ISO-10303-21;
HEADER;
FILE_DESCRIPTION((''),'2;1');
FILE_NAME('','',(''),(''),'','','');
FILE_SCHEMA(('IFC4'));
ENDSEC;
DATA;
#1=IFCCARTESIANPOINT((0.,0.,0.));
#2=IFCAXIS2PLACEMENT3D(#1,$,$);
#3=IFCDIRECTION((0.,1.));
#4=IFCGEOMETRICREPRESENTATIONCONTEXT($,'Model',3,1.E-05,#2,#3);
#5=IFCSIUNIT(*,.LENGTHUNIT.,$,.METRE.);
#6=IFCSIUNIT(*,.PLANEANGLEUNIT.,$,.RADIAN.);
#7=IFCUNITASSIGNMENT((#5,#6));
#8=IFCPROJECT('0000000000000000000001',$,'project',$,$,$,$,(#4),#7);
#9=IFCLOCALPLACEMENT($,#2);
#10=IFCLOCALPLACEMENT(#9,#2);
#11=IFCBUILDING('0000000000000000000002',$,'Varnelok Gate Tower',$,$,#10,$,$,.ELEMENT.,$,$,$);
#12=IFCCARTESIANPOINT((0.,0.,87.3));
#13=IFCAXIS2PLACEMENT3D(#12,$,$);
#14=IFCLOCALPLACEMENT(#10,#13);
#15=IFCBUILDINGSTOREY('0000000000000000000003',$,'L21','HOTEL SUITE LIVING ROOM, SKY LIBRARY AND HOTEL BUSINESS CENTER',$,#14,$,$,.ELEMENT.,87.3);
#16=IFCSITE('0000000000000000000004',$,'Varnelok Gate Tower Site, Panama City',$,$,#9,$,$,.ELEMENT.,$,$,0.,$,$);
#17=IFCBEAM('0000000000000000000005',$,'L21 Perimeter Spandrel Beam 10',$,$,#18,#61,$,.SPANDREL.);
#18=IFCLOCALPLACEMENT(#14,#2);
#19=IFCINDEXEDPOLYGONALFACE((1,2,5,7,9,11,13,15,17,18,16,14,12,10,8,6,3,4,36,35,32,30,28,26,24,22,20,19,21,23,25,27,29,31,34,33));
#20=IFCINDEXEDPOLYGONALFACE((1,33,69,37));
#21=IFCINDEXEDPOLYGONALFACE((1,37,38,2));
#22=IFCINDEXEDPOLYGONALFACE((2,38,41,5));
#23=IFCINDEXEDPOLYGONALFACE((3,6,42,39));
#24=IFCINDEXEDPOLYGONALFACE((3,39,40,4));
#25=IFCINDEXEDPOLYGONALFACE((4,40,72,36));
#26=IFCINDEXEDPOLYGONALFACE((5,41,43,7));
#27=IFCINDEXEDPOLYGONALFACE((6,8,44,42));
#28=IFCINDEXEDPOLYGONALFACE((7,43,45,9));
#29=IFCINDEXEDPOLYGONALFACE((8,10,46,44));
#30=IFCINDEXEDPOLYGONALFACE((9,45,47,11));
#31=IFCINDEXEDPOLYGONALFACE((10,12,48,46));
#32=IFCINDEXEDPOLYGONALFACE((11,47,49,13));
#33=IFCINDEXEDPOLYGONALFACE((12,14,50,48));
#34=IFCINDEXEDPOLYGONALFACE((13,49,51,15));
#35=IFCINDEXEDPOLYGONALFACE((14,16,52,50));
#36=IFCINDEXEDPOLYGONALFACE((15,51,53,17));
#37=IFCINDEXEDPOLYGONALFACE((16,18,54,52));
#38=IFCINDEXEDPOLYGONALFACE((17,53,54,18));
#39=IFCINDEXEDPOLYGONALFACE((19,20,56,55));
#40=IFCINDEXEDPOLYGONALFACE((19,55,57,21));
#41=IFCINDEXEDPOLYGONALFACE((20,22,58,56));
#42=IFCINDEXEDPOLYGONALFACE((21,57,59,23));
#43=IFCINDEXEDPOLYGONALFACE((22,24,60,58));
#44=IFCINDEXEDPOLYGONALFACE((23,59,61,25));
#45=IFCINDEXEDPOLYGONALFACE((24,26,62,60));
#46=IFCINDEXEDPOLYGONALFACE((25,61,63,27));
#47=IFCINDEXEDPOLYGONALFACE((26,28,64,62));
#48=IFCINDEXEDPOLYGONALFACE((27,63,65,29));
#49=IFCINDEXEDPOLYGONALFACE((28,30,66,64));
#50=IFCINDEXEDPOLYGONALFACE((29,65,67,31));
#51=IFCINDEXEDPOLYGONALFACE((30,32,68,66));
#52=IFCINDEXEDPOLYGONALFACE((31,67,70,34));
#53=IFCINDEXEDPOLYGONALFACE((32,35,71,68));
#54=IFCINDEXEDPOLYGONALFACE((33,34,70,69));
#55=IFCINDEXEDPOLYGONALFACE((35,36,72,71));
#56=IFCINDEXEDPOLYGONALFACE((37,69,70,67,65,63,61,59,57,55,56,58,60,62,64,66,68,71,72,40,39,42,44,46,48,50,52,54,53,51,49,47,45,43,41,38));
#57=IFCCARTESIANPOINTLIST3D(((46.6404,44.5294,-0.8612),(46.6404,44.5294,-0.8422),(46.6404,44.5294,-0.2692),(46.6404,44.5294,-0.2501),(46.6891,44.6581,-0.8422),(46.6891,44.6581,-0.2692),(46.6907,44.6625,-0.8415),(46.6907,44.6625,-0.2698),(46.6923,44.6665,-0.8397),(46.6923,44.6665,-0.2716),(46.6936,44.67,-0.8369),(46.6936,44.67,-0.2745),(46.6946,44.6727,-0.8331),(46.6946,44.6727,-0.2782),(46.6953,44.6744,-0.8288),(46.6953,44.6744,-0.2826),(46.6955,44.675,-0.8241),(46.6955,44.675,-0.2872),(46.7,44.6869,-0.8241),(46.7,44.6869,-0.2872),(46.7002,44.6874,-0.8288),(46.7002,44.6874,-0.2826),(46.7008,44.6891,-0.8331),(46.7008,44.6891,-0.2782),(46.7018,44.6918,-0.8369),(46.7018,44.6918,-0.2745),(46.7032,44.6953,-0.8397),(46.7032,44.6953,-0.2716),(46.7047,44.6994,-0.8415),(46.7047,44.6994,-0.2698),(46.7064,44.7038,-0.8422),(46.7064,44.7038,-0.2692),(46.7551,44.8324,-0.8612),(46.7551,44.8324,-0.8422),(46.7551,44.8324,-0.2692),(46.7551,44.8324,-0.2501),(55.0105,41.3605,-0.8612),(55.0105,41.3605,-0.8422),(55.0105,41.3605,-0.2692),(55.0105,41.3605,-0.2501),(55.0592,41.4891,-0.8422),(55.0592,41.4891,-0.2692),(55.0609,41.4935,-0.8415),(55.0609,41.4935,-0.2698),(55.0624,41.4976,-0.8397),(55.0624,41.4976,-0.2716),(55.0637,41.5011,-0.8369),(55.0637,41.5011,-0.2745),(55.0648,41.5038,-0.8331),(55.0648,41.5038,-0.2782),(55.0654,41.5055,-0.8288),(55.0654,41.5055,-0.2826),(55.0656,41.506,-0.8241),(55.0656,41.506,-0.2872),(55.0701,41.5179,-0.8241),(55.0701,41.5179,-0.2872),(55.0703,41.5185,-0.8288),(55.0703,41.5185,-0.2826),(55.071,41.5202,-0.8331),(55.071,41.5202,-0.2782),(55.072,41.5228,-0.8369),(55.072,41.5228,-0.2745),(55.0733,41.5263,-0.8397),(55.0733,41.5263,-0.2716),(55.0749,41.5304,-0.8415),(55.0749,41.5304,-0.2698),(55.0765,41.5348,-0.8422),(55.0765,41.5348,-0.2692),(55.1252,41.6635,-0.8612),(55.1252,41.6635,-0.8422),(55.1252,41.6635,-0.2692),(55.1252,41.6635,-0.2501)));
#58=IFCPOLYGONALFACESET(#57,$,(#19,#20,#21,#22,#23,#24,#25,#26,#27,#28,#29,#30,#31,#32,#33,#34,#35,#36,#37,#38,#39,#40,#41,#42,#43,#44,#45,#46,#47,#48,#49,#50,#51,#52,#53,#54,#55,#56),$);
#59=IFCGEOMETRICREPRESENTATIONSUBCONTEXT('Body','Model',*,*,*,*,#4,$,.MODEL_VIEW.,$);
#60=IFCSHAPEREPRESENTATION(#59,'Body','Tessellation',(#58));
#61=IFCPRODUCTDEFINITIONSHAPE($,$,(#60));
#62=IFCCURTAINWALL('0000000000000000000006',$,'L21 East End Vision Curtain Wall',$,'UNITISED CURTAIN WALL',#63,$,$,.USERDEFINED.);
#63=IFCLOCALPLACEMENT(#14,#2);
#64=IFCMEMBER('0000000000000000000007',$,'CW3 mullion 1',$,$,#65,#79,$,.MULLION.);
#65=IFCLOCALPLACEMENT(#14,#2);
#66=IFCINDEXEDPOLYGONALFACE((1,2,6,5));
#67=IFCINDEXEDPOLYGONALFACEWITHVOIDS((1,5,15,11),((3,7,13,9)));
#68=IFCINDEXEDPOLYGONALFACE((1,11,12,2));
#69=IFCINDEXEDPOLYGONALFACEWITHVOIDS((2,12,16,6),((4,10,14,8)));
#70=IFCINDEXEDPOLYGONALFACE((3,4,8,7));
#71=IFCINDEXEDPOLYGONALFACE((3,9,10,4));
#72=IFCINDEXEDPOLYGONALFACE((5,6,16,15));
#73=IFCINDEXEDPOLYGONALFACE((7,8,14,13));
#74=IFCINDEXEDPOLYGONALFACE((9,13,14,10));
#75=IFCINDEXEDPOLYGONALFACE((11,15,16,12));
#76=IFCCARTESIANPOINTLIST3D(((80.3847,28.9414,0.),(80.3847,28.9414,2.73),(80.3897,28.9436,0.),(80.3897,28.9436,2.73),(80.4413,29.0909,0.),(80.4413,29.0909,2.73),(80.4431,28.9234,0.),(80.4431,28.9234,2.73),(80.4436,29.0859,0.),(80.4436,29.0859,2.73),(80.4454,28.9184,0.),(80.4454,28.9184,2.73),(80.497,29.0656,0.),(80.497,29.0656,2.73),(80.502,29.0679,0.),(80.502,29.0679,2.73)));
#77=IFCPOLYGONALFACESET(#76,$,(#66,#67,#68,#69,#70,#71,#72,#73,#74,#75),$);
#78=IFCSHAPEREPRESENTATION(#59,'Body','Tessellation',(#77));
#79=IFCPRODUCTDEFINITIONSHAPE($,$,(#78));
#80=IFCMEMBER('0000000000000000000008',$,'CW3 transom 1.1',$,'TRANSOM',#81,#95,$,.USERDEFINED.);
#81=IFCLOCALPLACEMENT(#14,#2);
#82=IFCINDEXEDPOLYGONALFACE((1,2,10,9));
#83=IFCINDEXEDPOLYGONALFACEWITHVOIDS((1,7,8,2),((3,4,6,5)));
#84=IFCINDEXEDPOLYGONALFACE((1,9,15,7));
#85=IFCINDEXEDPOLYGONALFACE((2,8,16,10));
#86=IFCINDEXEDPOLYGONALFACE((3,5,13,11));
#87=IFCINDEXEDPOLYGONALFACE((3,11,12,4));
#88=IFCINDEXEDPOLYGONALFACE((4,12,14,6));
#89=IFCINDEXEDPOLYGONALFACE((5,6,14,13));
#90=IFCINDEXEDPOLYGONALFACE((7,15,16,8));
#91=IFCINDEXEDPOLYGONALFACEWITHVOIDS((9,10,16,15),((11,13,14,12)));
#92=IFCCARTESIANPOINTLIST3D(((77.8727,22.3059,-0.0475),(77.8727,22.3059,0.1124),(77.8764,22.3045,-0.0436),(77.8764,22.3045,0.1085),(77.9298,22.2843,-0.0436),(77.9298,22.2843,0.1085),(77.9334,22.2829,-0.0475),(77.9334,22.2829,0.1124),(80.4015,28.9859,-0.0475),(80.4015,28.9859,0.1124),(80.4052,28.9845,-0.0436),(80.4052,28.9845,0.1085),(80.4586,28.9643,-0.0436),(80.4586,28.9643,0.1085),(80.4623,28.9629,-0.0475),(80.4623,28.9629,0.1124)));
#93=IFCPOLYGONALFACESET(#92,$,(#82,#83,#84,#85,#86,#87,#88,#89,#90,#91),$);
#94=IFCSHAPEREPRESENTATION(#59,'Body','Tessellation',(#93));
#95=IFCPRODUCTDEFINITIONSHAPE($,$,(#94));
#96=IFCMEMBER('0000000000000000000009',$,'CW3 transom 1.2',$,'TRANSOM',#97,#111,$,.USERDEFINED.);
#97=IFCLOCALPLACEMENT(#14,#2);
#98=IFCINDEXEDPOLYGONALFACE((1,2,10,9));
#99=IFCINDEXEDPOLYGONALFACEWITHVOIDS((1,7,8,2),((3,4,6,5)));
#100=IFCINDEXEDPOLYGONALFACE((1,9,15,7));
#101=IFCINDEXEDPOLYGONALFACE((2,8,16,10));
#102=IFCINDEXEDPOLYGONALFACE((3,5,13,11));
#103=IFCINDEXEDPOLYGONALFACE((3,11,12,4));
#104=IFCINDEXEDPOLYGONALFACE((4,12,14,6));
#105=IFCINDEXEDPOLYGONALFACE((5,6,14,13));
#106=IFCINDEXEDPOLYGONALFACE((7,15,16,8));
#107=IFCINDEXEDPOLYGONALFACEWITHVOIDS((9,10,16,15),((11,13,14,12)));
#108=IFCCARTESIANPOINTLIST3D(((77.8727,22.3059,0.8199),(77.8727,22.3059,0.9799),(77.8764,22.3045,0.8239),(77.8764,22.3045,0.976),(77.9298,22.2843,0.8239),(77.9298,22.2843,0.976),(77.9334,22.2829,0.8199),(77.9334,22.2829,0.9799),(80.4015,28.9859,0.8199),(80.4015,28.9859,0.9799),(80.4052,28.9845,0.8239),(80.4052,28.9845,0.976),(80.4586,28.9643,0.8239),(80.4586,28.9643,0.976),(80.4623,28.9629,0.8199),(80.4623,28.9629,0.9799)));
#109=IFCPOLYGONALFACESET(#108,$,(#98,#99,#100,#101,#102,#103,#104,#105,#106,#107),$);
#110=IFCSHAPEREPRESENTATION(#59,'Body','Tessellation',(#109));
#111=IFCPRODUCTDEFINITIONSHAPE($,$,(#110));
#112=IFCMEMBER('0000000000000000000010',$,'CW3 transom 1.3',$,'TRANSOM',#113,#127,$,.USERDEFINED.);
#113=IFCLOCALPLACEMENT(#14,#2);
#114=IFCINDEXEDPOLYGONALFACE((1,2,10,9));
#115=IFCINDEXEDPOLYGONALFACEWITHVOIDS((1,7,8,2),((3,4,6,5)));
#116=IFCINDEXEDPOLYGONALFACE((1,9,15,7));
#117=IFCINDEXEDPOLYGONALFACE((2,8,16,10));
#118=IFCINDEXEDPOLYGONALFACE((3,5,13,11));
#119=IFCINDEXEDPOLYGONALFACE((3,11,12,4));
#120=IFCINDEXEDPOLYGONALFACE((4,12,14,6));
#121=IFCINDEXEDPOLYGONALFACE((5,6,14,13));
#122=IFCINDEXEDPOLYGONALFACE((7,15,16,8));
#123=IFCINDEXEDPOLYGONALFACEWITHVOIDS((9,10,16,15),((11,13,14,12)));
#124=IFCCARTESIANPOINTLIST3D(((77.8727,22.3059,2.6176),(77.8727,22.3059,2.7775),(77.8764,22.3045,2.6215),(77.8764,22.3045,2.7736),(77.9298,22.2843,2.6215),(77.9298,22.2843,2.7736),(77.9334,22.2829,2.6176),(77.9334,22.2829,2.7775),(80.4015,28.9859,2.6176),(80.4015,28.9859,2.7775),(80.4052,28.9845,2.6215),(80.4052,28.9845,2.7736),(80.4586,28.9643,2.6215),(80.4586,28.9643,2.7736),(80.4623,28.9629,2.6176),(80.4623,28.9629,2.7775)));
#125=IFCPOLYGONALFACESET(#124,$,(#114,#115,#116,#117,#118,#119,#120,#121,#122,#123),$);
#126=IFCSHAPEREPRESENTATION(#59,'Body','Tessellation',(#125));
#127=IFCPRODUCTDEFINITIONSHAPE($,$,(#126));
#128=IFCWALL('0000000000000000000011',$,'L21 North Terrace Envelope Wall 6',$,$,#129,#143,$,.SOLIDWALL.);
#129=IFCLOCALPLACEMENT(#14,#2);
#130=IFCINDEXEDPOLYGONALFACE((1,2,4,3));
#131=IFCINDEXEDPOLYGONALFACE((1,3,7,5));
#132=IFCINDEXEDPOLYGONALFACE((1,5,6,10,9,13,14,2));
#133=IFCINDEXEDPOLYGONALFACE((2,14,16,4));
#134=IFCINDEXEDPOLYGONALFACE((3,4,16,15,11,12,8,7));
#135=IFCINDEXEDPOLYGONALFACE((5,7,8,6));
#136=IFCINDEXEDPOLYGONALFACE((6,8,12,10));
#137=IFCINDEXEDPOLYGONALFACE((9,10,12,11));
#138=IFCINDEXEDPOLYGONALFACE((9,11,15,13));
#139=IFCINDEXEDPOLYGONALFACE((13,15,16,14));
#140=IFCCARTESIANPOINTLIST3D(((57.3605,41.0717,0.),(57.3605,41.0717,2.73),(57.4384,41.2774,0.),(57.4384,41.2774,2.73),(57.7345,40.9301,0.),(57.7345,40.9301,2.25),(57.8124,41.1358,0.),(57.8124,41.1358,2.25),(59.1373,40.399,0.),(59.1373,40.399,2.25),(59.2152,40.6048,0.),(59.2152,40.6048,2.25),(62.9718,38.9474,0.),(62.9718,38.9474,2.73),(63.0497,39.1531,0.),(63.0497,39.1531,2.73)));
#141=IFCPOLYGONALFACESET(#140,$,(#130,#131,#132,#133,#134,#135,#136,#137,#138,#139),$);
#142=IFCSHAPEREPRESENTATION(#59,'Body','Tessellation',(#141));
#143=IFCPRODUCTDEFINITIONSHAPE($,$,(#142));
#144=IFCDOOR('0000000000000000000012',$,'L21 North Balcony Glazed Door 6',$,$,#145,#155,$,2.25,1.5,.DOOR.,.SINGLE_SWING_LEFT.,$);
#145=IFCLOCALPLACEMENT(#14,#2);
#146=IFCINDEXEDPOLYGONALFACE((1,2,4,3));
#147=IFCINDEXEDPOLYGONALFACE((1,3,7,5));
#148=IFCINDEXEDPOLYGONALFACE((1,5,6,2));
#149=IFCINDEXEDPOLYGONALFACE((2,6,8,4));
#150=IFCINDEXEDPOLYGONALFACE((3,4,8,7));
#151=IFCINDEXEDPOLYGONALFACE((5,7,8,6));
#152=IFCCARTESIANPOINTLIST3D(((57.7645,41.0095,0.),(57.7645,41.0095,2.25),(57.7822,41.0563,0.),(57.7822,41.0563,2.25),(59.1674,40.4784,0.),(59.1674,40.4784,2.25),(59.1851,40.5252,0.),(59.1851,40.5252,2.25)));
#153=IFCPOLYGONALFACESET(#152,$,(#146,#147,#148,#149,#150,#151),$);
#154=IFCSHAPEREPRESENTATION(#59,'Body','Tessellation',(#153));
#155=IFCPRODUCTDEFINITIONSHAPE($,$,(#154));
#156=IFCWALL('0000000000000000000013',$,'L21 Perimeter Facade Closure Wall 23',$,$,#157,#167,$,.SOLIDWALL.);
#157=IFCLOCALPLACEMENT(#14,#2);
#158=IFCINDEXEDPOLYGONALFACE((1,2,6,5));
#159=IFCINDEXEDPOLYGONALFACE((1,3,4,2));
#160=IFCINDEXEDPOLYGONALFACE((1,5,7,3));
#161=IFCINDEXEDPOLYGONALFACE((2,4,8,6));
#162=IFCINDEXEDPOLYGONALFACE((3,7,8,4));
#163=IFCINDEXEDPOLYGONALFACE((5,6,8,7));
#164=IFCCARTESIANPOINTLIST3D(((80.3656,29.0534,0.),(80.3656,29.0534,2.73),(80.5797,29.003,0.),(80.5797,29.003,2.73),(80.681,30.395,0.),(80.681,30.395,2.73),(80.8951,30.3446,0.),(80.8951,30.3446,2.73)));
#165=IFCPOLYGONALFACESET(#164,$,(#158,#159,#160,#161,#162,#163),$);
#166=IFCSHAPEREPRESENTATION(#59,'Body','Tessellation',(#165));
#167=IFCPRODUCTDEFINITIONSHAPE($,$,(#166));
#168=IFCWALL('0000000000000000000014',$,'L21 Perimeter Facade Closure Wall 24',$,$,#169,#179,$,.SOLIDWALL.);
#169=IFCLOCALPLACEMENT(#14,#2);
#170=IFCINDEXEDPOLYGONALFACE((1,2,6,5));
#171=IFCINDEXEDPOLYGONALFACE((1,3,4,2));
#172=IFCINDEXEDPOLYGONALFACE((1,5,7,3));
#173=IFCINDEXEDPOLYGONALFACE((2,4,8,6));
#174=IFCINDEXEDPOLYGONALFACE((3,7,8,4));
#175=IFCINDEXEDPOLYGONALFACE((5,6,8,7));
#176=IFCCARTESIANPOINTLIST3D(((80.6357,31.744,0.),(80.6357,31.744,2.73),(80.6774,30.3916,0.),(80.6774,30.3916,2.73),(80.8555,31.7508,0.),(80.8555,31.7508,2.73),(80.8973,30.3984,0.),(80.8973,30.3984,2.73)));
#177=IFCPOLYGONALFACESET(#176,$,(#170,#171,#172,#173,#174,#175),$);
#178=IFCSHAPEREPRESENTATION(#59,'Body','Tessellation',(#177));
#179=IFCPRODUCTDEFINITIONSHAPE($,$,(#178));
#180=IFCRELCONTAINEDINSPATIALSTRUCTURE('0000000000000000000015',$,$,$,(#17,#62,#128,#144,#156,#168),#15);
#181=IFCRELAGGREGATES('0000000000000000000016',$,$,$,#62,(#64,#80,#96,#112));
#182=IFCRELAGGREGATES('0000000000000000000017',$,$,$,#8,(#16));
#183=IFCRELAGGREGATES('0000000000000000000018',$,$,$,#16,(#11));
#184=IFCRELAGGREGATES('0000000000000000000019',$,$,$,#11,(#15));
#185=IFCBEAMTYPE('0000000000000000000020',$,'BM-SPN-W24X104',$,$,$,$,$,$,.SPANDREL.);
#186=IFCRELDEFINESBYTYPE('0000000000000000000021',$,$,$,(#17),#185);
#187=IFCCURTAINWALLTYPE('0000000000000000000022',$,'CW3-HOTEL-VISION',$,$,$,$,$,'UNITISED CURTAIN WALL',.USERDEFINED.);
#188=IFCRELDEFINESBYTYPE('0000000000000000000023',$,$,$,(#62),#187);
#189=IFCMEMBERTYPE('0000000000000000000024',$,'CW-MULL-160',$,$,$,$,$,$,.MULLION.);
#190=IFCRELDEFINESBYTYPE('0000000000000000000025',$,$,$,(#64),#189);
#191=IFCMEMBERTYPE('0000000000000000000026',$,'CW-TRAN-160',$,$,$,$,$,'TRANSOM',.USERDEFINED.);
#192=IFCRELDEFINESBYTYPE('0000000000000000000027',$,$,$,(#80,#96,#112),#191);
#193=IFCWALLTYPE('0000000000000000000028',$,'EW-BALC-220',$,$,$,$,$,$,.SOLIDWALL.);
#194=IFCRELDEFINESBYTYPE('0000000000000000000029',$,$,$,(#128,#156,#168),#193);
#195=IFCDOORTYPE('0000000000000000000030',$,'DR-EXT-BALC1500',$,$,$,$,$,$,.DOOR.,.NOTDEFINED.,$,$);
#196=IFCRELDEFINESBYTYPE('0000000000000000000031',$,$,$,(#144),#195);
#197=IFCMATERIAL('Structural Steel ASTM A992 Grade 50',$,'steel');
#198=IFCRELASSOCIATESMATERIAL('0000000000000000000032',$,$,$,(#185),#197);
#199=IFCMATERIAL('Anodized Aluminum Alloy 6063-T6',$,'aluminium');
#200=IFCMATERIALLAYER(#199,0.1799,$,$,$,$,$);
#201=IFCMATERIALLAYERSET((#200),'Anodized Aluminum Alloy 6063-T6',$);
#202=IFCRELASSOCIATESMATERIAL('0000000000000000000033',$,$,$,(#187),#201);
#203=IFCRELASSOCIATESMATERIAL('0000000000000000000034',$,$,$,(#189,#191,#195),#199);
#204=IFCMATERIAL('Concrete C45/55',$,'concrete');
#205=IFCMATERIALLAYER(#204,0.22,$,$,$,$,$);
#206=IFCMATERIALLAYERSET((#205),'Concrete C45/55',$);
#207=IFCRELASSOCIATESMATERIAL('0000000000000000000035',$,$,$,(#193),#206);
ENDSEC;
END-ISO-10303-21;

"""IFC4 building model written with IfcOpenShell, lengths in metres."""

from ifc_helpers import new_model, si_unit, direction, frame, frame_2d, origin, origin_2d, place, context, subcontext, project, spatial, rectangle, hollow_rectangle, i_section, extrude, material, layer, layer_set, material_profile, profile_set, type_object, element, fill, aggregate, save


model = new_model("IFC4")

# Units and contexts
model_context = context("Model", 3, precision=1e-05, world=origin(), true_north=direction((0.0, 1.0)))
body_context = subcontext(model_context, "Body", "Model", "MODEL_VIEW")
ifc_project = project(units=[si_unit("LENGTHUNIT", "METRE"), si_unit("PLANEANGLEUNIT", "RADIAN")], contexts=[model_context])

# Site, building, storey
site_placement = place(None, origin())
site = spatial("IfcSite", under=ifc_project, at=site_placement, Name="Varnelok Gate Tower Site, Panama City", CompositionType="ELEMENT", RefElevation=0.0)
building_placement = place(site_placement, origin())
building = spatial("IfcBuilding", under=site, at=building_placement, Name="Varnelok Gate Tower", CompositionType="ELEMENT")
storey_placement = place(building_placement, frame((0.0, 0.0, 87.3)))
storey = spatial("IfcBuildingStorey", under=building, at=storey_placement, Name="L21", Description="HOTEL SUITE LIVING ROOM, SKY LIBRARY AND HOTEL BUSINESS CENTER", CompositionType="ELEMENT", Elevation=87.3)

# Shared definitions
ifc_material_1 = material(Name="Structural Steel ASTM A992 Grade 50", Category="steel")

# Beam
ifc_material_profile_1 = material_profile(ifc_material_1, i_section(OverallWidth=0.324, OverallDepth=0.6111, WebThickness=0.0127, FlangeThickness=0.019, FilletRadius=0.0181, at=origin_2d()), Name="W24X104")
ifc_profile_set_1 = profile_set([ifc_material_profile_1], Name="Structural Steel ASTM A992 Grade 50")
beam_type_1 = type_object("IfcBeamType", Name="BM-SPN-W24X104", PredefinedType="SPANDREL", material=ifc_profile_set_1)
beam_1_placement = place(storey_placement, frame((55.0679, 41.512, -0.5557), z_axis=(-0.935217, 0.354075, 0.0), x_axis=(-0.354075, -0.935217, 0.0)))
element("IfcBeam", 1, at=beam_1_placement, inside=storey, type_object=beam_type_1, Name="L21 Perimeter Spandrel Beam 10", PredefinedType="SPANDREL", context=body_context, shape_type="SweptSolid", body=[
    extrude(i_section(OverallWidth=0.324, OverallDepth=0.6111, WebThickness=0.0127, FlangeThickness=0.019, FilletRadius=0.0181, at=origin_2d()), origin(), (0.0, 0.0, 1.0), 8.95),
])

# Curtain wall, members
ifc_material_2 = material(Name="Anodized Aluminum Alloy 6063-T6", Category="aluminium")
ifc_layer_1 = layer(ifc_material_2, 0.1799)
ifc_layer_set_1 = layer_set([ifc_layer_1], Name="Anodized Aluminum Alloy 6063-T6")
curtain_wall_type = type_object("IfcCurtainWallType", Name="CW3-HOTEL-VISION", ElementType="UNITISED CURTAIN WALL", PredefinedType="USERDEFINED", material=ifc_layer_set_1)
curtain_wall_placement = place(storey_placement, origin())
curtain_wall = element("IfcCurtainWall", 2, at=curtain_wall_placement, inside=storey, type_object=curtain_wall_type, Name="L21 East End Vision Curtain Wall", ObjectType="UNITISED CURTAIN WALL", PredefinedType="USERDEFINED")
ifc_material_profile_2 = material_profile(ifc_material_2, hollow_rectangle(XDim=0.0649, YDim=0.1599, WallThickness=0.0039, at=origin_2d()), Name="ALU160X65X4")
ifc_profile_set_2 = profile_set([ifc_material_profile_2], Name="Anodized Aluminum Alloy 6063-T6")
member_type_1 = type_object("IfcMemberType", Name="CW-MULL-160", PredefinedType="MULLION", material=ifc_profile_set_2)
member_1_placement = place(storey_placement, frame((80.4434, 29.0046, 0.0), z_axis=(0.0, 0.0, 1.0), x_axis=(0.935221, -0.354064, 0.0)))
member_1 = element("IfcMember", 3, at=member_1_placement, type_object=member_type_1, Name="CW3 mullion 1", PredefinedType="MULLION", context=body_context, shape_type="SweptSolid", body=[
    extrude(hollow_rectangle(XDim=0.0649, YDim=0.1599, WallThickness=0.0039, at=origin_2d()), origin(), (0.0, 0.0, 1.0), 2.73),
])
ifc_material_profile_3 = material_profile(ifc_material_2, hollow_rectangle(XDim=0.0649, YDim=0.1599, WallThickness=0.0039, at=origin_2d()), Name="ALU160X65X4")
ifc_profile_set_3 = profile_set([ifc_material_profile_3], Name="Anodized Aluminum Alloy 6063-T6")
member_type_2 = type_object("IfcMemberType", Name="CW-TRAN-160", ElementType="TRANSOM", PredefinedType="USERDEFINED", material=ifc_profile_set_3)
member_2_placement = place(storey_placement, frame((80.4319, 28.9744, 0.0325), z_axis=(-0.354047, -0.935228, 0.0), x_axis=(0.935228, -0.354047, 0.0)))
member_2 = element("IfcMember", 4, at=member_2_placement, type_object=member_type_2, Name="CW3 transom 1.1", ObjectType="TRANSOM", PredefinedType="USERDEFINED", context=body_context, shape_type="SweptSolid", body=[
    extrude(hollow_rectangle(XDim=0.0649, YDim=0.1599, WallThickness=0.0039, at=origin_2d()), origin(), (0.0, 0.0, 1.0), 7.1426),
])
member_3_placement = place(storey_placement, frame((80.4319, 28.9744, 0.8999), z_axis=(-0.354047, -0.935228, 0.0), x_axis=(0.935228, -0.354047, 0.0)))
member_3 = element("IfcMember", 5, at=member_3_placement, type_object=member_type_2, Name="CW3 transom 1.2", ObjectType="TRANSOM", PredefinedType="USERDEFINED", context=body_context, shape_type="SweptSolid", body=[
    extrude(hollow_rectangle(XDim=0.0649, YDim=0.1599, WallThickness=0.0039, at=origin_2d()), origin(), (0.0, 0.0, 1.0), 7.1426),
])
member_4_placement = place(storey_placement, frame((80.4319, 28.9744, 2.6975), z_axis=(-0.354047, -0.935228, 0.0), x_axis=(0.935228, -0.354047, 0.0)))
member_4 = element("IfcMember", 6, at=member_4_placement, type_object=member_type_2, Name="CW3 transom 1.3", ObjectType="TRANSOM", PredefinedType="USERDEFINED", context=body_context, shape_type="SweptSolid", body=[
    extrude(hollow_rectangle(XDim=0.0649, YDim=0.1599, WallThickness=0.0039, at=origin_2d()), origin(), (0.0, 0.0, 1.0), 7.1426),
])
aggregate(curtain_wall, [member_1, member_2, member_3, member_4])

# Wall, opening, door
ifc_material_3 = material(Name="Concrete C45/55", Category="concrete")
ifc_layer_2 = layer(ifc_material_3, 0.22)
ifc_layer_set_2 = layer_set([ifc_layer_2], Name="Concrete C45/55")
wall_type = type_object("IfcWallType", Name="EW-BALC-220", PredefinedType="SOLIDWALL", material=ifc_layer_set_2)
wall_1_placement = place(storey_placement, frame((57.3994, 41.1746, 0.0), z_axis=(0.0, 0.0, 1.0), x_axis=(0.935228, -0.354047, 0.0)))
wall_1 = element("IfcWall", 7, at=wall_1_placement, inside=storey, type_object=wall_type, Name="L21 North Terrace Envelope Wall 6", PredefinedType="SOLIDWALL", context=body_context, shape_type="SweptSolid", body=[
    extrude(rectangle(XDim=6.0, YDim=0.22, at=frame_2d((3.0, 0.0))), origin(), (0.0, 0.0, 1.0), 2.73),
])
opening_1_placement = place(wall_1_placement, frame((0.3999, 0.0, 0.0)))
opening_1 = element("IfcOpeningElement", 8, at=opening_1_placement, cuts=wall_1, PredefinedType="OPENING", context=body_context, shape_type="SweptSolid", body=[
    extrude(rectangle(XDim=1.5, YDim=2.25, at=frame_2d((0.75, 1.125))), frame((0.0, 0.1199, 0.0), z_axis=(0.0, -1.0, 0.0), x_axis=(1.0, 0.0, 0.0)), (0.0, 0.0, 1.0), 0.24),
])
door_type = type_object("IfcDoorType", Name="DR-EXT-BALC1500", OperationType="NOTDEFINED", PredefinedType="DOOR", material=ifc_material_2)
door_placement = place(opening_1_placement, origin())
door = element("IfcDoor", 9, at=door_placement, inside=storey, type_object=door_type, Name="L21 North Balcony Glazed Door 6", OperationType="SINGLE_SWING_LEFT", OverallHeight=2.25, OverallWidth=1.5, PredefinedType="DOOR", context=body_context, shape_type="SweptSolid", body=[
    extrude(rectangle(XDim=1.5, YDim=2.25, at=frame_2d((0.75, 1.125))), frame((0.0, 0.0249, 0.0), z_axis=(0.0, -1.0, 0.0), x_axis=(1.0, 0.0, 0.0)), (0.0, 0.0, 1.0), 0.05),
])
fill(opening_1, door)

# Walls
wall_2_placement = place(storey_placement, frame((80.4727, 29.0283, 0.0), z_axis=(0.0, 0.0, 1.0), x_axis=(0.228881, 0.973454, 0.0)))
element("IfcWall", 10, at=wall_2_placement, inside=storey, type_object=wall_type, Name="L21 Perimeter Facade Closure Wall 23", PredefinedType="SOLIDWALL", context=body_context, shape_type="SweptSolid", body=[
    extrude(rectangle(XDim=1.3782, YDim=0.22, at=frame_2d((0.689, 0.0))), origin(), (0.0, 0.0, 1.0), 2.73),
])
for number, where, z_axis, x_axis, name in (
    (11, (80.7874, 30.395, 0.0), (0.0, 0.0, 1.0), (-0.030857, 0.999524, 0.0), "L21 Perimeter Facade Closure Wall 24"),
):
    element("IfcWall", number, at=place(storey_placement, frame(where, z_axis=z_axis, x_axis=x_axis)), inside=storey, type_object=wall_type, Name=name, PredefinedType="SOLIDWALL", context=body_context, shape_type="SweptSolid", body=[
        extrude(rectangle(XDim=1.353, YDim=0.22, at=frame_2d((0.6765, 0.0))), origin(), (0.0, 0.0, 1.0), 2.73),
    ])

save(model, "model.ifc")
